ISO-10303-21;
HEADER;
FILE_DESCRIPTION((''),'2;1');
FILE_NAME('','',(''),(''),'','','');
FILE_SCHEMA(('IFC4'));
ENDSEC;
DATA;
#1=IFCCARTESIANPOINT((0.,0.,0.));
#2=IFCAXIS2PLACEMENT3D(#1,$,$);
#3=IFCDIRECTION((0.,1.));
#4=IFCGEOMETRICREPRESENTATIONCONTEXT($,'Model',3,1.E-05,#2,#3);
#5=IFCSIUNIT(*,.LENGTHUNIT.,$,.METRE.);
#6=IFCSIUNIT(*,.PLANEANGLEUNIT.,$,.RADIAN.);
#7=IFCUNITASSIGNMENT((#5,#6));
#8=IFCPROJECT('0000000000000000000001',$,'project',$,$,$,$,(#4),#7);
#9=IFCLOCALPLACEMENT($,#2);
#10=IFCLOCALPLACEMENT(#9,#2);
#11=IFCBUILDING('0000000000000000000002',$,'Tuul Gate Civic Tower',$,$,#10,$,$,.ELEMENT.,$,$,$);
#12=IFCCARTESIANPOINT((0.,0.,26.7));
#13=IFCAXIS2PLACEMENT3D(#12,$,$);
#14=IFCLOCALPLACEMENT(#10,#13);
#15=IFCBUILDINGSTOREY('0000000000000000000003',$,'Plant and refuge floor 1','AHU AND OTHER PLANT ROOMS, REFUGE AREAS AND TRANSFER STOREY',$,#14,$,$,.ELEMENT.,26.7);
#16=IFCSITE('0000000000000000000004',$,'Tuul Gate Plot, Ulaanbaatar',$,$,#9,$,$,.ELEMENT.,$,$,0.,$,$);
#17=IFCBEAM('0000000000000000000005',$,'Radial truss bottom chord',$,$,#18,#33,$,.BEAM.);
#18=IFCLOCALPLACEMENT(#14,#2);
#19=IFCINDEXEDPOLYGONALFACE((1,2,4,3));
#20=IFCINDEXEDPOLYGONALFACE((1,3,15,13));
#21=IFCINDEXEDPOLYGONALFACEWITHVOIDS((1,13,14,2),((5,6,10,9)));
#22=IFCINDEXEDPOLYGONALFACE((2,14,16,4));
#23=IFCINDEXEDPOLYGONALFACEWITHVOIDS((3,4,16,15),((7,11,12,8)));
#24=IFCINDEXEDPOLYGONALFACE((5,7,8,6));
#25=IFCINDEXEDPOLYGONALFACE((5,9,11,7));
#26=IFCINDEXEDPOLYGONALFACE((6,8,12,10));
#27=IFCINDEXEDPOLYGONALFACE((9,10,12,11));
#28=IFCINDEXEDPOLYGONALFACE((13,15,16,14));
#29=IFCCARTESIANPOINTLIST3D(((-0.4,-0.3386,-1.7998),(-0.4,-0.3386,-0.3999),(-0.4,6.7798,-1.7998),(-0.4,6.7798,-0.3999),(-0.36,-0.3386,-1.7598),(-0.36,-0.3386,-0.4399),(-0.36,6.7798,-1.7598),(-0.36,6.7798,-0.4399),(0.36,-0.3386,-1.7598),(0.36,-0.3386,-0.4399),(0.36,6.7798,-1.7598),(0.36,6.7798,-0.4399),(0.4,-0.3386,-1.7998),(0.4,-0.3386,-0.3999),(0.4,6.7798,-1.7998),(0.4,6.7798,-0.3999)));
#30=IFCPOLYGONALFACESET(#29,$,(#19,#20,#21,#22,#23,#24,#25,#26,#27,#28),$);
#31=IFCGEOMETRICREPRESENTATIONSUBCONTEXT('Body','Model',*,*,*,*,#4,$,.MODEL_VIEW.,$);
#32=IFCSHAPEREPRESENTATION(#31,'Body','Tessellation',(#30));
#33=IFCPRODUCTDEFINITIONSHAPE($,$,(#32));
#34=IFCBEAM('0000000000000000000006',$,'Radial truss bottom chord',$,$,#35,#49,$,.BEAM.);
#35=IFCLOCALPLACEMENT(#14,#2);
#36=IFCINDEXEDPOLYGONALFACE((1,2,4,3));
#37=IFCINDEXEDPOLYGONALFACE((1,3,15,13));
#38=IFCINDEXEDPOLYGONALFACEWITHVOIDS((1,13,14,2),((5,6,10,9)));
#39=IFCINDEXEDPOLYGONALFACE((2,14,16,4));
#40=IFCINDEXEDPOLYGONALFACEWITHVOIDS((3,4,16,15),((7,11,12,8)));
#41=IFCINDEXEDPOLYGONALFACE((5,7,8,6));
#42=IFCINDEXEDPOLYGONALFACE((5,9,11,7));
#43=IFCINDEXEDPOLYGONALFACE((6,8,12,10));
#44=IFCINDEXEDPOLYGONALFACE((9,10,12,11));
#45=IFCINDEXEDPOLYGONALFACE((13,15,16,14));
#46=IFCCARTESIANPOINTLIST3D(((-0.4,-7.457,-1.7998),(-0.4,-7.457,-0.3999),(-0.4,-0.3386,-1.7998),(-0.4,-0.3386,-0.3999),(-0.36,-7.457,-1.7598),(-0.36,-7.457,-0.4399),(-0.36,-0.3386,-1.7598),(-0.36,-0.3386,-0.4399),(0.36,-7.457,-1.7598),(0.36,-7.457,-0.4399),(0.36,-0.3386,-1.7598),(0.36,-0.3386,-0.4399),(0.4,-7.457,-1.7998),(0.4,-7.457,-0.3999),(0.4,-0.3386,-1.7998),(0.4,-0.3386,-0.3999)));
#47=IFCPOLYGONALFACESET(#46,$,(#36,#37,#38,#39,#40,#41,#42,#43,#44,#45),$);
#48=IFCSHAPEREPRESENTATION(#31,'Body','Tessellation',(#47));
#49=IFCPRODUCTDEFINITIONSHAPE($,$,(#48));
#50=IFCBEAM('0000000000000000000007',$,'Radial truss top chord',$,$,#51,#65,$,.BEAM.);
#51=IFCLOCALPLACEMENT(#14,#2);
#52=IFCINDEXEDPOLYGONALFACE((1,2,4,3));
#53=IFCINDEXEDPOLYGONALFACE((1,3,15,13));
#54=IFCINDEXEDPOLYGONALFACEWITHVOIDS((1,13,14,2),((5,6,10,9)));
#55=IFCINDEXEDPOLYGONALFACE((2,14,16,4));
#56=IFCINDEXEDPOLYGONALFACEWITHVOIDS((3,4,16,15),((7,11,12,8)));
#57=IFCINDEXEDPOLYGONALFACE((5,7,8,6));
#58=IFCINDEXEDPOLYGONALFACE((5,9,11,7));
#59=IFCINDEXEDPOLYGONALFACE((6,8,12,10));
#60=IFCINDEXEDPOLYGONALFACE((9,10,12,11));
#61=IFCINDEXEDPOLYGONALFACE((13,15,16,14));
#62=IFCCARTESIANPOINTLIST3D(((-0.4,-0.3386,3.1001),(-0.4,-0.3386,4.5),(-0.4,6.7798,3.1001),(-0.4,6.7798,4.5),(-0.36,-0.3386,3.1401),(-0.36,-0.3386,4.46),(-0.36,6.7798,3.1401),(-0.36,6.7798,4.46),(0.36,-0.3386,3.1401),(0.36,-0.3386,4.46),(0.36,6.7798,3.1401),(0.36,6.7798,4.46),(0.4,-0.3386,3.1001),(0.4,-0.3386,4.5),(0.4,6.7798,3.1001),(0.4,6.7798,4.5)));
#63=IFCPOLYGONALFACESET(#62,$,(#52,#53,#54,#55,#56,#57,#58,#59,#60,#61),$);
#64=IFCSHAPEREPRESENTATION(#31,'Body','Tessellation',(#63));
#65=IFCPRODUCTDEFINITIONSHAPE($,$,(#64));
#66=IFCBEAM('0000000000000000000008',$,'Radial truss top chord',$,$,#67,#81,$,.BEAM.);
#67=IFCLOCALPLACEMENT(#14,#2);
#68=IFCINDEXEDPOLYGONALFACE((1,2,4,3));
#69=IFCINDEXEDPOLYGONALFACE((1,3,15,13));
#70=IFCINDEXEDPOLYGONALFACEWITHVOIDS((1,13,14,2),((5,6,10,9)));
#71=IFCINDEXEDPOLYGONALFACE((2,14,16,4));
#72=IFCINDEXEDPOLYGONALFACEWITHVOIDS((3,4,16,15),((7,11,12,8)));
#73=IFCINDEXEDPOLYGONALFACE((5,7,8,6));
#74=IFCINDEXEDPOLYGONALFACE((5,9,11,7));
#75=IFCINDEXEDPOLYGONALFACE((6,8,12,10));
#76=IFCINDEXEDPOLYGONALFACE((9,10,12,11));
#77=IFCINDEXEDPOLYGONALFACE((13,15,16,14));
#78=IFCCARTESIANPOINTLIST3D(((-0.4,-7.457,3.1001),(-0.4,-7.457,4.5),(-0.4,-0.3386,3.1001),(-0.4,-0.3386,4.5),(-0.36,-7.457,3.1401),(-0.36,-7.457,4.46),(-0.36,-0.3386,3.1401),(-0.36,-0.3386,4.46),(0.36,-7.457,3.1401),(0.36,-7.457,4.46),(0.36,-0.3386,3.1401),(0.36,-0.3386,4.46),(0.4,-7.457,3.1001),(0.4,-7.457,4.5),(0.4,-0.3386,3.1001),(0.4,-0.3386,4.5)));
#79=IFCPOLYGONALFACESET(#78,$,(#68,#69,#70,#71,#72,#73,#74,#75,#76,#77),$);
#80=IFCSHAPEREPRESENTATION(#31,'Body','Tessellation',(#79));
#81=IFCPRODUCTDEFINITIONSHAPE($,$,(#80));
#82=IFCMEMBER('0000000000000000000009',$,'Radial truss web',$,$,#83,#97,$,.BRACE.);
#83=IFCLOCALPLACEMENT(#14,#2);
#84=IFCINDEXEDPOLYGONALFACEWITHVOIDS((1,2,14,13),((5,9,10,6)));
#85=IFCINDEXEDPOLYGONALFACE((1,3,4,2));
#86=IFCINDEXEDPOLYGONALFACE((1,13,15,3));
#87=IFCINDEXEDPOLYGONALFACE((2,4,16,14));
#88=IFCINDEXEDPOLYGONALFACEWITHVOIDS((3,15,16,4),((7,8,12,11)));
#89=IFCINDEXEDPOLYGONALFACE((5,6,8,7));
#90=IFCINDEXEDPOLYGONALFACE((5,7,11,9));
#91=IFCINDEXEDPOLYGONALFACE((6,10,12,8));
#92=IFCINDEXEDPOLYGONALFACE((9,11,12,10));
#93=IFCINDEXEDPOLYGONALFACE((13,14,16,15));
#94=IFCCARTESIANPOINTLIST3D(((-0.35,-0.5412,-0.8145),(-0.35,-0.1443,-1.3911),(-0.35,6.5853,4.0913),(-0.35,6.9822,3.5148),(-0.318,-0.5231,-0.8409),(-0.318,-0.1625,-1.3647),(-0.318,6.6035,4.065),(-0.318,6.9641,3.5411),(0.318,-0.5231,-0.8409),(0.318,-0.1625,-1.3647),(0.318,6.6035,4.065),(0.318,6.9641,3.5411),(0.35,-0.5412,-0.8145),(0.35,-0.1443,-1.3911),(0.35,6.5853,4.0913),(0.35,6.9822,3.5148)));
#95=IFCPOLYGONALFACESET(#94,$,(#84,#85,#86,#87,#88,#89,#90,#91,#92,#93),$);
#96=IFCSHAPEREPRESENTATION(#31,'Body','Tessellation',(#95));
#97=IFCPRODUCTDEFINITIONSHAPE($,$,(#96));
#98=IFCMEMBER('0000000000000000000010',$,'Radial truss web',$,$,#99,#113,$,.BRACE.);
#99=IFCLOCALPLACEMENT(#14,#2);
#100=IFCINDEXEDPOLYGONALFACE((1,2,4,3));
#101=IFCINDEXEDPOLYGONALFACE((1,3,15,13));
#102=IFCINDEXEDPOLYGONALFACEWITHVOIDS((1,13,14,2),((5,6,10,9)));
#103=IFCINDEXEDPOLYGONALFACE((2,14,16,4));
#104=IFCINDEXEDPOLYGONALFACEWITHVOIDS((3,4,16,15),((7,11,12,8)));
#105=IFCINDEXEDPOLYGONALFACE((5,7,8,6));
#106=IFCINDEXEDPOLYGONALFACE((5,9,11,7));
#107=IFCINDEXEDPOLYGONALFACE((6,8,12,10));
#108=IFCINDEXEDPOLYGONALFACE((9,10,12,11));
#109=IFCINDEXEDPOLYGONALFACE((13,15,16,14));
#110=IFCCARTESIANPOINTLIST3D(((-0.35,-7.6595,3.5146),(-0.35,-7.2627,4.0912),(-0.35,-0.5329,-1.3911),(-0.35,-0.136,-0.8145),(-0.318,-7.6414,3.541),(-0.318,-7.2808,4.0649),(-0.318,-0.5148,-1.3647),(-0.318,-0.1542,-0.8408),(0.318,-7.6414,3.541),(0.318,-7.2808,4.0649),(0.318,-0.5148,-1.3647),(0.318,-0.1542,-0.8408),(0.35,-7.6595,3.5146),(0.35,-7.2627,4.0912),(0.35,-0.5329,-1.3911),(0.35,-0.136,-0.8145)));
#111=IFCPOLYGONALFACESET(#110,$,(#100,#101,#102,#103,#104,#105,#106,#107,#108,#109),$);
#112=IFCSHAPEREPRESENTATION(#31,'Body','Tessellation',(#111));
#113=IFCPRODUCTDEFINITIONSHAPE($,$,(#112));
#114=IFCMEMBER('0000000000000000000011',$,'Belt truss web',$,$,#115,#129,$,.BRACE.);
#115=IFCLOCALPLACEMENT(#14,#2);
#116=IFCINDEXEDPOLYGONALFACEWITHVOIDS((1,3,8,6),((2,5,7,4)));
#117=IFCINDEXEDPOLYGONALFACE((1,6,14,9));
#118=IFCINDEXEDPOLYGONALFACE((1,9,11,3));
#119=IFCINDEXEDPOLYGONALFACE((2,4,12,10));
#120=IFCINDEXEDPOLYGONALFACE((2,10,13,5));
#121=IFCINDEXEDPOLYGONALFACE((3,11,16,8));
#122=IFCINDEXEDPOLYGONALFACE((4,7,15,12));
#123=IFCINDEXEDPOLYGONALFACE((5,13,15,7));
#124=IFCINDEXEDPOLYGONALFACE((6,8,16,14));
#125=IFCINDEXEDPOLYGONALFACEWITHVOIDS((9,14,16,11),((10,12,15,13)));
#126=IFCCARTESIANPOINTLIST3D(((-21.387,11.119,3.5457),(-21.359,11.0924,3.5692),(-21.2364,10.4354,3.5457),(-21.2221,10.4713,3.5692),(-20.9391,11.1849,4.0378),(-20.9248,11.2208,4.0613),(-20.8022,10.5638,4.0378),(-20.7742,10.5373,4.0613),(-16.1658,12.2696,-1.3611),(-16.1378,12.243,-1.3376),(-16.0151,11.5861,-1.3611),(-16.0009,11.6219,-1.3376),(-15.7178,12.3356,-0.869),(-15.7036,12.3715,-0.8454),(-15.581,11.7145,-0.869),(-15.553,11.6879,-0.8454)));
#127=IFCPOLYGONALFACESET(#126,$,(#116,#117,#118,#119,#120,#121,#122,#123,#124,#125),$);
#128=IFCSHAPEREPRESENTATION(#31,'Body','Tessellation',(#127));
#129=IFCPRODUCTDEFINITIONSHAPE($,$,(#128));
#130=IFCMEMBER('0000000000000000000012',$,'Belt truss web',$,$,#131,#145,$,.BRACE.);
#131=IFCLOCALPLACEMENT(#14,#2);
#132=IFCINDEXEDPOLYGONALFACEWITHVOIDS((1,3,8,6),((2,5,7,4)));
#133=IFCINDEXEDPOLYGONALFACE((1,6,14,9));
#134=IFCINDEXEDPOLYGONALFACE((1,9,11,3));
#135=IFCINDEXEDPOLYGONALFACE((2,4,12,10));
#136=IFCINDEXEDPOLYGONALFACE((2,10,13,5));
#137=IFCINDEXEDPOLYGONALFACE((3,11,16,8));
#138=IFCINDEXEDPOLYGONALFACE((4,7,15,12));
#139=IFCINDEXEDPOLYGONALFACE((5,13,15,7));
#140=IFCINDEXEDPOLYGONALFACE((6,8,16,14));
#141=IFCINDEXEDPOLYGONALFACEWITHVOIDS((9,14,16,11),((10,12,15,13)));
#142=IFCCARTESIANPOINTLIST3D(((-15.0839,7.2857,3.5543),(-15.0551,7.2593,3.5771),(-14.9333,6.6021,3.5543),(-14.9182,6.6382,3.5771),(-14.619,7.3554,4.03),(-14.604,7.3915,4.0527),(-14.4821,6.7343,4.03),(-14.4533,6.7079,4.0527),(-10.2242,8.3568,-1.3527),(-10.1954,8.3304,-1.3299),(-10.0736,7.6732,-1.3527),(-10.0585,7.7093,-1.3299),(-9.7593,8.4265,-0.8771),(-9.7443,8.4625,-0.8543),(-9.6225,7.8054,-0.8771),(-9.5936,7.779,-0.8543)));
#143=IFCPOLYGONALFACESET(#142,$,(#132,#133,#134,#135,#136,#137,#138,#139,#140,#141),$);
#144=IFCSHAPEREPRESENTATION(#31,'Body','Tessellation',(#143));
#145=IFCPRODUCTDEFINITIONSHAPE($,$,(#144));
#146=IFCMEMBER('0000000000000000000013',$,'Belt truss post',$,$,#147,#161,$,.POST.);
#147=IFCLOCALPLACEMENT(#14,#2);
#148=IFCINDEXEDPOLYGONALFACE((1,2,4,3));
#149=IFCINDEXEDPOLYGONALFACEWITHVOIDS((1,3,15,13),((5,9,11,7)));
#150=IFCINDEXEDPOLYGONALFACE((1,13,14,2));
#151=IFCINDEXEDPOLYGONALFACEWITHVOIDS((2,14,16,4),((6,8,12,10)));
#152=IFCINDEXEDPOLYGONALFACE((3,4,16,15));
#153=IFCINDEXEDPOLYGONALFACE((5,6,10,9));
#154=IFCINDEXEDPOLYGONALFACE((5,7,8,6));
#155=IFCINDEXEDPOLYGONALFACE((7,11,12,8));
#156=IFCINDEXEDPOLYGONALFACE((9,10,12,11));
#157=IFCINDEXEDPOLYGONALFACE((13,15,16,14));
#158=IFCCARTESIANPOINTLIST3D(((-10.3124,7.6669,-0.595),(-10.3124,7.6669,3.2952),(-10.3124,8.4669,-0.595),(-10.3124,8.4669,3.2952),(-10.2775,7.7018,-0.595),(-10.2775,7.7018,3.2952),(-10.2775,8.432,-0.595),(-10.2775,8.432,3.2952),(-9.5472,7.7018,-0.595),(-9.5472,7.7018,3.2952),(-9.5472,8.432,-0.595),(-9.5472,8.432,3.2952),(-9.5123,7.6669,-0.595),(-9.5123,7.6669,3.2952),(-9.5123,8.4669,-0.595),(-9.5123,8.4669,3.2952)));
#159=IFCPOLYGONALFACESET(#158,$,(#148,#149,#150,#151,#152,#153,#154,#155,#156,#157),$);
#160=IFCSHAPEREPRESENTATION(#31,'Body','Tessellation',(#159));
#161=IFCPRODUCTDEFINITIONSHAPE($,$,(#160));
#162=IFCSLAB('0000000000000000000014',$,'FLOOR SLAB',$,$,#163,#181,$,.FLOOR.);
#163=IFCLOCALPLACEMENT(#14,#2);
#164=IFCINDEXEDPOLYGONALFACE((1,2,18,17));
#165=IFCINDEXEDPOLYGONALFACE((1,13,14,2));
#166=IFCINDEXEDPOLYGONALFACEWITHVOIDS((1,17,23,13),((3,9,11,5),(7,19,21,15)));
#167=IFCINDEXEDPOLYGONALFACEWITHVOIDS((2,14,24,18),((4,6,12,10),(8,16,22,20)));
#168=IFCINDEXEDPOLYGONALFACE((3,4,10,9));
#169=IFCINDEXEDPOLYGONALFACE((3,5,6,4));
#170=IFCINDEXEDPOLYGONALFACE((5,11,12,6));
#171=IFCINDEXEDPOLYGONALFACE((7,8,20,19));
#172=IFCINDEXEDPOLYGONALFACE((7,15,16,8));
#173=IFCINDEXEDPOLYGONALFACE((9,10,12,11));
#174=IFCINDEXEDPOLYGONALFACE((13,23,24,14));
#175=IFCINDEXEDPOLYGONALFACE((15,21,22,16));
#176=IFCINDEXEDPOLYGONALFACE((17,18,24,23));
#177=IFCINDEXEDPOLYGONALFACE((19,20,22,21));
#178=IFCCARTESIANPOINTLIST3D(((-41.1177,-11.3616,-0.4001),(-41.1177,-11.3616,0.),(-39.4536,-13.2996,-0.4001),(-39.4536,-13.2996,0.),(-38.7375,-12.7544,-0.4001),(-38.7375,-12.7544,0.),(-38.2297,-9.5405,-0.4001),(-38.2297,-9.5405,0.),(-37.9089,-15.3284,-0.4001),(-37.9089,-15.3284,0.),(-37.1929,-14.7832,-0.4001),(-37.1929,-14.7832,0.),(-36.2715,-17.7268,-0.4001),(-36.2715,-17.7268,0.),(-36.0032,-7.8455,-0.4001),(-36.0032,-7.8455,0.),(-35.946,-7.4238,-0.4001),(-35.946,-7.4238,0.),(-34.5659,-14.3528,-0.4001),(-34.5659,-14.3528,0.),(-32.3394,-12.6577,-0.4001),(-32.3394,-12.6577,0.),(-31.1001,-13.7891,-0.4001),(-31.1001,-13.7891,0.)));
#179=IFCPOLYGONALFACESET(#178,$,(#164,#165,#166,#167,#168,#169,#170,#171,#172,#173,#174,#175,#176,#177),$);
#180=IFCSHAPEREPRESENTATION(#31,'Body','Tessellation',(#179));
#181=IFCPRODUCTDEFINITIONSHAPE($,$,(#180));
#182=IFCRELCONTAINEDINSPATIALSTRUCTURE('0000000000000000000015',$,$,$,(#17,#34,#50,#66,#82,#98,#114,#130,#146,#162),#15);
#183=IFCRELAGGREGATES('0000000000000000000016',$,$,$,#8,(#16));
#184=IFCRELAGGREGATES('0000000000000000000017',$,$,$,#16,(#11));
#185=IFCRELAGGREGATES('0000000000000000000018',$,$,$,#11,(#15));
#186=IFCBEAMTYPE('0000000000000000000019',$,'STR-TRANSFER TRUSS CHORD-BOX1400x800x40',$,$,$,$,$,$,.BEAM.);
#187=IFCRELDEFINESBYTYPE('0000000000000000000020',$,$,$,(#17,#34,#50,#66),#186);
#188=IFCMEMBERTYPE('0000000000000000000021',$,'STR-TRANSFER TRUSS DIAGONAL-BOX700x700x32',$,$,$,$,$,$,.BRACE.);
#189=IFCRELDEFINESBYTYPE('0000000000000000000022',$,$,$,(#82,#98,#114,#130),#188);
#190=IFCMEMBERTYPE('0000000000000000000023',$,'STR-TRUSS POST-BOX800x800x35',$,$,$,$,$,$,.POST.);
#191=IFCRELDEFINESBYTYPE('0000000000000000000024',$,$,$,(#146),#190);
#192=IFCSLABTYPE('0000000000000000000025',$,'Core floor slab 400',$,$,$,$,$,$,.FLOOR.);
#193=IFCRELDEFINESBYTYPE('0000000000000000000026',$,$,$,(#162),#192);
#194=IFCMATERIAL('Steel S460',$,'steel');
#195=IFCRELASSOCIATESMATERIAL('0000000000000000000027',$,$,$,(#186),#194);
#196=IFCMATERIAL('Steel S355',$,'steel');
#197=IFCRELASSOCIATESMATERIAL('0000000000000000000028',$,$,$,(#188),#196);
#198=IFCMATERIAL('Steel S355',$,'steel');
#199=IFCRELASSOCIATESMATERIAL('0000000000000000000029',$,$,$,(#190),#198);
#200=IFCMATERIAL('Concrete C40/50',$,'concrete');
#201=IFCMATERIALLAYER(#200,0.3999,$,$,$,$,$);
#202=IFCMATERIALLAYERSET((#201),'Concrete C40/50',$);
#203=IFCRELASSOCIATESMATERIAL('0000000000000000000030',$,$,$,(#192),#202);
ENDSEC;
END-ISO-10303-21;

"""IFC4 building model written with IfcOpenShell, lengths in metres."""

from ifc_helpers import new_model, si_unit, direction, frame, origin, origin_2d, place, context, subcontext, project, spatial, polyline, hollow_rectangle, outline, extrude, material, layer, layer_set, material_profile, profile_set, type_object, element, save


model = new_model("IFC4")

# Units and contexts
model_context = context("Model", 3, precision=1e-05, world=origin(), true_north=direction((0.0, 1.0)))
body_context = subcontext(model_context, "Body", "Model", "MODEL_VIEW")
ifc_project = project(units=[si_unit("LENGTHUNIT", "METRE"), si_unit("PLANEANGLEUNIT", "RADIAN")], contexts=[model_context])

# Site, building, storey
site_placement = place(None, origin())
site = spatial("IfcSite", under=ifc_project, at=site_placement, Name="Tuul Gate Plot, Ulaanbaatar", CompositionType="ELEMENT", RefElevation=0.0)
building_placement = place(site_placement, origin())
building = spatial("IfcBuilding", under=site, at=building_placement, Name="Tuul Gate Civic Tower", CompositionType="ELEMENT")
storey_placement = place(building_placement, frame((0.0, 0.0, 26.7)))
storey = spatial("IfcBuildingStorey", under=building, at=storey_placement, Name="Plant and refuge floor 1", Description="AHU AND OTHER PLANT ROOMS, REFUGE AREAS AND TRANSFER STOREY", CompositionType="ELEMENT", Elevation=26.7)

# Beams
ifc_material_1 = material(Name="Steel S460", Category="steel")
ifc_material_profile_1 = material_profile(ifc_material_1, hollow_rectangle(XDim=0.8, YDim=1.3999, WallThickness=0.04, at=origin_2d()), Name="BOX1400x800x40")
ifc_profile_set_1 = profile_set([ifc_material_profile_1], Name="Steel S460")
beam_type = type_object("IfcBeamType", Name="STR-TRANSFER TRUSS CHORD-BOX1400x800x40", PredefinedType="BEAM", material=ifc_profile_set_1)
for number, where, z_axis, x_axis, name in (
    (1, (0.0, 6.7798, -1.0999), (0.0, -1.0, 0.0), (1.0, 0.0, 0.0), "Radial truss bottom chord"),
    (2, (0.0, -0.3386, -1.0999), (0.0, -1.0, 0.0), (1.0, 0.0, 0.0), "Radial truss bottom chord"),
    (3, (0.0, 6.7798, 3.8), (0.0, -1.0, 0.0), (1.0, 0.0, 0.0), "Radial truss top chord"),
    (4, (0.0, -0.3386, 3.8), (0.0, -1.0, 0.0), (1.0, 0.0, 0.0), "Radial truss top chord"),
):
    element("IfcBeam", number, at=place(storey_placement, frame(where, z_axis=z_axis, x_axis=x_axis)), inside=storey, type_object=beam_type, Name=name, PredefinedType="BEAM", context=body_context, shape_type="SweptSolid", body=[
        extrude(hollow_rectangle(XDim=0.8, YDim=1.3999, WallThickness=0.04, at=origin_2d()), origin(), (0.0, 0.0, 1.0), 7.1184),
    ])

# Members
ifc_material_2 = material(Name="Steel S355", Category="steel")
ifc_material_profile_2 = material_profile(ifc_material_2, hollow_rectangle(XDim=0.7, YDim=0.7, WallThickness=0.032, at=origin_2d()), Name="BOX700x700x32")
ifc_profile_set_2 = profile_set([ifc_material_profile_2], Name="Steel S355")
member_type_1 = type_object("IfcMemberType", Name="STR-TRANSFER TRUSS DIAGONAL-BOX700x700x32", PredefinedType="BRACE", material=ifc_profile_set_2)
for number, where, z_axis, x_axis, name in (
    (5, (0.0, -0.3428, -1.1028), (0.0, 0.823701, 0.567025), (-1.0, 0.0, 0.0), "Radial truss web"),
    (6, (0.0, -0.3345, -1.1028), (0.0, -0.82371, 0.567011), (1.0, 0.0, 0.0), "Radial truss web"),
):
    element("IfcMember", number, at=place(storey_placement, frame(where, z_axis=z_axis, x_axis=x_axis)), inside=storey, type_object=member_type_1, Name=name, PredefinedType="BRACE", context=body_context, shape_type="SweptSolid", body=[
        extrude(hollow_rectangle(XDim=0.7, YDim=0.7, WallThickness=0.032, at=origin_2d()), origin(), (0.0, 0.0, 1.0), 8.6519),
    ])
member_1_placement = place(storey_placement, frame((-15.8594, 11.9788, -1.1033), z_axis=(-0.719491, -0.15856, 0.676159), x_axis=(0.215214, -0.976567, 0.0)))
element("IfcMember", 7, at=member_1_placement, inside=storey, type_object=member_type_1, Name="Belt truss web", PredefinedType="BRACE", context=body_context, shape_type="SweptSolid", body=[
    extrude(hollow_rectangle(XDim=0.7, YDim=0.7, WallThickness=0.032, at=origin_2d()), origin(), (0.0, 0.0, 1.0), 7.2568),
])
member_2_placement = place(storey_placement, frame((-9.9089, 8.0679, -1.1035), z_axis=(-0.695357, -0.153254, 0.702134), x_axis=(0.215231, -0.976563, 0.0)))
element("IfcMember", 8, at=member_2_placement, inside=storey, type_object=member_type_1, Name="Belt truss web", PredefinedType="BRACE", context=body_context, shape_type="SweptSolid", body=[
    extrude(hollow_rectangle(XDim=0.7, YDim=0.7, WallThickness=0.032, at=origin_2d()), origin(), (0.0, 0.0, 1.0), 6.9888),
])
ifc_material_3 = material(Name="Steel S355", Category="steel")
ifc_material_profile_3 = material_profile(ifc_material_3, hollow_rectangle(XDim=0.8, YDim=0.8, WallThickness=0.0349, at=origin_2d()), Name="BOX800x800x35")
ifc_profile_set_3 = profile_set([ifc_material_profile_3], Name="Steel S355")
member_type_2 = type_object("IfcMemberType", Name="STR-TRUSS POST-BOX800x800x35", PredefinedType="POST", material=ifc_profile_set_3)
member_3_placement = place(storey_placement, frame((-9.9124, 8.0669, -0.595), z_axis=(0.0, 0.0, 1.0), x_axis=(1.0, 0.0, 0.0)))
element("IfcMember", 9, at=member_3_placement, inside=storey, type_object=member_type_2, Name="Belt truss post", PredefinedType="POST", context=body_context, shape_type="SweptSolid", body=[
    extrude(hollow_rectangle(XDim=0.8, YDim=0.8, WallThickness=0.0349, at=origin_2d()), origin(), (0.0, 0.0, 1.0), 3.8901),
])

# Slab
ifc_material_4 = material(Name="Concrete C40/50", Category="concrete")
ifc_layer_1 = layer(ifc_material_4, 0.3999)
ifc_layer_set_1 = layer_set([ifc_layer_1], Name="Concrete C40/50")
slab_type_1 = type_object("IfcSlabType", Name="Core floor slab 400", PredefinedType="FLOOR", material=ifc_layer_set_1)
slab_1_placement = place(storey_placement, frame((0.0, 0.0, -0.4001)))
element("IfcSlab", 10, at=slab_1_placement, inside=storey, type_object=slab_type_1, Name="FLOOR SLAB", PredefinedType="FLOOR", context=body_context, shape_type="SweptSolid", body=[
    extrude(outline(polyline([(-31.1001, -13.7891), (-35.946, -7.4238), (-41.1177, -11.3616), (-36.2715, -17.7268), (-31.1001, -13.7891)]), holes=[polyline([(-37.1929, -14.7832), (-38.7375, -12.7544), (-39.4536, -13.2996), (-37.9089, -15.3284), (-37.1929, -14.7832)]), polyline([(-32.3394, -12.6577), (-34.5659, -14.3528), (-38.2297, -9.5405), (-36.0032, -7.8455), (-32.3394, -12.6577)])]), origin(), (0.0, 0.0, 1.0), 0.4001),
])

save(model, "model.ifc")
